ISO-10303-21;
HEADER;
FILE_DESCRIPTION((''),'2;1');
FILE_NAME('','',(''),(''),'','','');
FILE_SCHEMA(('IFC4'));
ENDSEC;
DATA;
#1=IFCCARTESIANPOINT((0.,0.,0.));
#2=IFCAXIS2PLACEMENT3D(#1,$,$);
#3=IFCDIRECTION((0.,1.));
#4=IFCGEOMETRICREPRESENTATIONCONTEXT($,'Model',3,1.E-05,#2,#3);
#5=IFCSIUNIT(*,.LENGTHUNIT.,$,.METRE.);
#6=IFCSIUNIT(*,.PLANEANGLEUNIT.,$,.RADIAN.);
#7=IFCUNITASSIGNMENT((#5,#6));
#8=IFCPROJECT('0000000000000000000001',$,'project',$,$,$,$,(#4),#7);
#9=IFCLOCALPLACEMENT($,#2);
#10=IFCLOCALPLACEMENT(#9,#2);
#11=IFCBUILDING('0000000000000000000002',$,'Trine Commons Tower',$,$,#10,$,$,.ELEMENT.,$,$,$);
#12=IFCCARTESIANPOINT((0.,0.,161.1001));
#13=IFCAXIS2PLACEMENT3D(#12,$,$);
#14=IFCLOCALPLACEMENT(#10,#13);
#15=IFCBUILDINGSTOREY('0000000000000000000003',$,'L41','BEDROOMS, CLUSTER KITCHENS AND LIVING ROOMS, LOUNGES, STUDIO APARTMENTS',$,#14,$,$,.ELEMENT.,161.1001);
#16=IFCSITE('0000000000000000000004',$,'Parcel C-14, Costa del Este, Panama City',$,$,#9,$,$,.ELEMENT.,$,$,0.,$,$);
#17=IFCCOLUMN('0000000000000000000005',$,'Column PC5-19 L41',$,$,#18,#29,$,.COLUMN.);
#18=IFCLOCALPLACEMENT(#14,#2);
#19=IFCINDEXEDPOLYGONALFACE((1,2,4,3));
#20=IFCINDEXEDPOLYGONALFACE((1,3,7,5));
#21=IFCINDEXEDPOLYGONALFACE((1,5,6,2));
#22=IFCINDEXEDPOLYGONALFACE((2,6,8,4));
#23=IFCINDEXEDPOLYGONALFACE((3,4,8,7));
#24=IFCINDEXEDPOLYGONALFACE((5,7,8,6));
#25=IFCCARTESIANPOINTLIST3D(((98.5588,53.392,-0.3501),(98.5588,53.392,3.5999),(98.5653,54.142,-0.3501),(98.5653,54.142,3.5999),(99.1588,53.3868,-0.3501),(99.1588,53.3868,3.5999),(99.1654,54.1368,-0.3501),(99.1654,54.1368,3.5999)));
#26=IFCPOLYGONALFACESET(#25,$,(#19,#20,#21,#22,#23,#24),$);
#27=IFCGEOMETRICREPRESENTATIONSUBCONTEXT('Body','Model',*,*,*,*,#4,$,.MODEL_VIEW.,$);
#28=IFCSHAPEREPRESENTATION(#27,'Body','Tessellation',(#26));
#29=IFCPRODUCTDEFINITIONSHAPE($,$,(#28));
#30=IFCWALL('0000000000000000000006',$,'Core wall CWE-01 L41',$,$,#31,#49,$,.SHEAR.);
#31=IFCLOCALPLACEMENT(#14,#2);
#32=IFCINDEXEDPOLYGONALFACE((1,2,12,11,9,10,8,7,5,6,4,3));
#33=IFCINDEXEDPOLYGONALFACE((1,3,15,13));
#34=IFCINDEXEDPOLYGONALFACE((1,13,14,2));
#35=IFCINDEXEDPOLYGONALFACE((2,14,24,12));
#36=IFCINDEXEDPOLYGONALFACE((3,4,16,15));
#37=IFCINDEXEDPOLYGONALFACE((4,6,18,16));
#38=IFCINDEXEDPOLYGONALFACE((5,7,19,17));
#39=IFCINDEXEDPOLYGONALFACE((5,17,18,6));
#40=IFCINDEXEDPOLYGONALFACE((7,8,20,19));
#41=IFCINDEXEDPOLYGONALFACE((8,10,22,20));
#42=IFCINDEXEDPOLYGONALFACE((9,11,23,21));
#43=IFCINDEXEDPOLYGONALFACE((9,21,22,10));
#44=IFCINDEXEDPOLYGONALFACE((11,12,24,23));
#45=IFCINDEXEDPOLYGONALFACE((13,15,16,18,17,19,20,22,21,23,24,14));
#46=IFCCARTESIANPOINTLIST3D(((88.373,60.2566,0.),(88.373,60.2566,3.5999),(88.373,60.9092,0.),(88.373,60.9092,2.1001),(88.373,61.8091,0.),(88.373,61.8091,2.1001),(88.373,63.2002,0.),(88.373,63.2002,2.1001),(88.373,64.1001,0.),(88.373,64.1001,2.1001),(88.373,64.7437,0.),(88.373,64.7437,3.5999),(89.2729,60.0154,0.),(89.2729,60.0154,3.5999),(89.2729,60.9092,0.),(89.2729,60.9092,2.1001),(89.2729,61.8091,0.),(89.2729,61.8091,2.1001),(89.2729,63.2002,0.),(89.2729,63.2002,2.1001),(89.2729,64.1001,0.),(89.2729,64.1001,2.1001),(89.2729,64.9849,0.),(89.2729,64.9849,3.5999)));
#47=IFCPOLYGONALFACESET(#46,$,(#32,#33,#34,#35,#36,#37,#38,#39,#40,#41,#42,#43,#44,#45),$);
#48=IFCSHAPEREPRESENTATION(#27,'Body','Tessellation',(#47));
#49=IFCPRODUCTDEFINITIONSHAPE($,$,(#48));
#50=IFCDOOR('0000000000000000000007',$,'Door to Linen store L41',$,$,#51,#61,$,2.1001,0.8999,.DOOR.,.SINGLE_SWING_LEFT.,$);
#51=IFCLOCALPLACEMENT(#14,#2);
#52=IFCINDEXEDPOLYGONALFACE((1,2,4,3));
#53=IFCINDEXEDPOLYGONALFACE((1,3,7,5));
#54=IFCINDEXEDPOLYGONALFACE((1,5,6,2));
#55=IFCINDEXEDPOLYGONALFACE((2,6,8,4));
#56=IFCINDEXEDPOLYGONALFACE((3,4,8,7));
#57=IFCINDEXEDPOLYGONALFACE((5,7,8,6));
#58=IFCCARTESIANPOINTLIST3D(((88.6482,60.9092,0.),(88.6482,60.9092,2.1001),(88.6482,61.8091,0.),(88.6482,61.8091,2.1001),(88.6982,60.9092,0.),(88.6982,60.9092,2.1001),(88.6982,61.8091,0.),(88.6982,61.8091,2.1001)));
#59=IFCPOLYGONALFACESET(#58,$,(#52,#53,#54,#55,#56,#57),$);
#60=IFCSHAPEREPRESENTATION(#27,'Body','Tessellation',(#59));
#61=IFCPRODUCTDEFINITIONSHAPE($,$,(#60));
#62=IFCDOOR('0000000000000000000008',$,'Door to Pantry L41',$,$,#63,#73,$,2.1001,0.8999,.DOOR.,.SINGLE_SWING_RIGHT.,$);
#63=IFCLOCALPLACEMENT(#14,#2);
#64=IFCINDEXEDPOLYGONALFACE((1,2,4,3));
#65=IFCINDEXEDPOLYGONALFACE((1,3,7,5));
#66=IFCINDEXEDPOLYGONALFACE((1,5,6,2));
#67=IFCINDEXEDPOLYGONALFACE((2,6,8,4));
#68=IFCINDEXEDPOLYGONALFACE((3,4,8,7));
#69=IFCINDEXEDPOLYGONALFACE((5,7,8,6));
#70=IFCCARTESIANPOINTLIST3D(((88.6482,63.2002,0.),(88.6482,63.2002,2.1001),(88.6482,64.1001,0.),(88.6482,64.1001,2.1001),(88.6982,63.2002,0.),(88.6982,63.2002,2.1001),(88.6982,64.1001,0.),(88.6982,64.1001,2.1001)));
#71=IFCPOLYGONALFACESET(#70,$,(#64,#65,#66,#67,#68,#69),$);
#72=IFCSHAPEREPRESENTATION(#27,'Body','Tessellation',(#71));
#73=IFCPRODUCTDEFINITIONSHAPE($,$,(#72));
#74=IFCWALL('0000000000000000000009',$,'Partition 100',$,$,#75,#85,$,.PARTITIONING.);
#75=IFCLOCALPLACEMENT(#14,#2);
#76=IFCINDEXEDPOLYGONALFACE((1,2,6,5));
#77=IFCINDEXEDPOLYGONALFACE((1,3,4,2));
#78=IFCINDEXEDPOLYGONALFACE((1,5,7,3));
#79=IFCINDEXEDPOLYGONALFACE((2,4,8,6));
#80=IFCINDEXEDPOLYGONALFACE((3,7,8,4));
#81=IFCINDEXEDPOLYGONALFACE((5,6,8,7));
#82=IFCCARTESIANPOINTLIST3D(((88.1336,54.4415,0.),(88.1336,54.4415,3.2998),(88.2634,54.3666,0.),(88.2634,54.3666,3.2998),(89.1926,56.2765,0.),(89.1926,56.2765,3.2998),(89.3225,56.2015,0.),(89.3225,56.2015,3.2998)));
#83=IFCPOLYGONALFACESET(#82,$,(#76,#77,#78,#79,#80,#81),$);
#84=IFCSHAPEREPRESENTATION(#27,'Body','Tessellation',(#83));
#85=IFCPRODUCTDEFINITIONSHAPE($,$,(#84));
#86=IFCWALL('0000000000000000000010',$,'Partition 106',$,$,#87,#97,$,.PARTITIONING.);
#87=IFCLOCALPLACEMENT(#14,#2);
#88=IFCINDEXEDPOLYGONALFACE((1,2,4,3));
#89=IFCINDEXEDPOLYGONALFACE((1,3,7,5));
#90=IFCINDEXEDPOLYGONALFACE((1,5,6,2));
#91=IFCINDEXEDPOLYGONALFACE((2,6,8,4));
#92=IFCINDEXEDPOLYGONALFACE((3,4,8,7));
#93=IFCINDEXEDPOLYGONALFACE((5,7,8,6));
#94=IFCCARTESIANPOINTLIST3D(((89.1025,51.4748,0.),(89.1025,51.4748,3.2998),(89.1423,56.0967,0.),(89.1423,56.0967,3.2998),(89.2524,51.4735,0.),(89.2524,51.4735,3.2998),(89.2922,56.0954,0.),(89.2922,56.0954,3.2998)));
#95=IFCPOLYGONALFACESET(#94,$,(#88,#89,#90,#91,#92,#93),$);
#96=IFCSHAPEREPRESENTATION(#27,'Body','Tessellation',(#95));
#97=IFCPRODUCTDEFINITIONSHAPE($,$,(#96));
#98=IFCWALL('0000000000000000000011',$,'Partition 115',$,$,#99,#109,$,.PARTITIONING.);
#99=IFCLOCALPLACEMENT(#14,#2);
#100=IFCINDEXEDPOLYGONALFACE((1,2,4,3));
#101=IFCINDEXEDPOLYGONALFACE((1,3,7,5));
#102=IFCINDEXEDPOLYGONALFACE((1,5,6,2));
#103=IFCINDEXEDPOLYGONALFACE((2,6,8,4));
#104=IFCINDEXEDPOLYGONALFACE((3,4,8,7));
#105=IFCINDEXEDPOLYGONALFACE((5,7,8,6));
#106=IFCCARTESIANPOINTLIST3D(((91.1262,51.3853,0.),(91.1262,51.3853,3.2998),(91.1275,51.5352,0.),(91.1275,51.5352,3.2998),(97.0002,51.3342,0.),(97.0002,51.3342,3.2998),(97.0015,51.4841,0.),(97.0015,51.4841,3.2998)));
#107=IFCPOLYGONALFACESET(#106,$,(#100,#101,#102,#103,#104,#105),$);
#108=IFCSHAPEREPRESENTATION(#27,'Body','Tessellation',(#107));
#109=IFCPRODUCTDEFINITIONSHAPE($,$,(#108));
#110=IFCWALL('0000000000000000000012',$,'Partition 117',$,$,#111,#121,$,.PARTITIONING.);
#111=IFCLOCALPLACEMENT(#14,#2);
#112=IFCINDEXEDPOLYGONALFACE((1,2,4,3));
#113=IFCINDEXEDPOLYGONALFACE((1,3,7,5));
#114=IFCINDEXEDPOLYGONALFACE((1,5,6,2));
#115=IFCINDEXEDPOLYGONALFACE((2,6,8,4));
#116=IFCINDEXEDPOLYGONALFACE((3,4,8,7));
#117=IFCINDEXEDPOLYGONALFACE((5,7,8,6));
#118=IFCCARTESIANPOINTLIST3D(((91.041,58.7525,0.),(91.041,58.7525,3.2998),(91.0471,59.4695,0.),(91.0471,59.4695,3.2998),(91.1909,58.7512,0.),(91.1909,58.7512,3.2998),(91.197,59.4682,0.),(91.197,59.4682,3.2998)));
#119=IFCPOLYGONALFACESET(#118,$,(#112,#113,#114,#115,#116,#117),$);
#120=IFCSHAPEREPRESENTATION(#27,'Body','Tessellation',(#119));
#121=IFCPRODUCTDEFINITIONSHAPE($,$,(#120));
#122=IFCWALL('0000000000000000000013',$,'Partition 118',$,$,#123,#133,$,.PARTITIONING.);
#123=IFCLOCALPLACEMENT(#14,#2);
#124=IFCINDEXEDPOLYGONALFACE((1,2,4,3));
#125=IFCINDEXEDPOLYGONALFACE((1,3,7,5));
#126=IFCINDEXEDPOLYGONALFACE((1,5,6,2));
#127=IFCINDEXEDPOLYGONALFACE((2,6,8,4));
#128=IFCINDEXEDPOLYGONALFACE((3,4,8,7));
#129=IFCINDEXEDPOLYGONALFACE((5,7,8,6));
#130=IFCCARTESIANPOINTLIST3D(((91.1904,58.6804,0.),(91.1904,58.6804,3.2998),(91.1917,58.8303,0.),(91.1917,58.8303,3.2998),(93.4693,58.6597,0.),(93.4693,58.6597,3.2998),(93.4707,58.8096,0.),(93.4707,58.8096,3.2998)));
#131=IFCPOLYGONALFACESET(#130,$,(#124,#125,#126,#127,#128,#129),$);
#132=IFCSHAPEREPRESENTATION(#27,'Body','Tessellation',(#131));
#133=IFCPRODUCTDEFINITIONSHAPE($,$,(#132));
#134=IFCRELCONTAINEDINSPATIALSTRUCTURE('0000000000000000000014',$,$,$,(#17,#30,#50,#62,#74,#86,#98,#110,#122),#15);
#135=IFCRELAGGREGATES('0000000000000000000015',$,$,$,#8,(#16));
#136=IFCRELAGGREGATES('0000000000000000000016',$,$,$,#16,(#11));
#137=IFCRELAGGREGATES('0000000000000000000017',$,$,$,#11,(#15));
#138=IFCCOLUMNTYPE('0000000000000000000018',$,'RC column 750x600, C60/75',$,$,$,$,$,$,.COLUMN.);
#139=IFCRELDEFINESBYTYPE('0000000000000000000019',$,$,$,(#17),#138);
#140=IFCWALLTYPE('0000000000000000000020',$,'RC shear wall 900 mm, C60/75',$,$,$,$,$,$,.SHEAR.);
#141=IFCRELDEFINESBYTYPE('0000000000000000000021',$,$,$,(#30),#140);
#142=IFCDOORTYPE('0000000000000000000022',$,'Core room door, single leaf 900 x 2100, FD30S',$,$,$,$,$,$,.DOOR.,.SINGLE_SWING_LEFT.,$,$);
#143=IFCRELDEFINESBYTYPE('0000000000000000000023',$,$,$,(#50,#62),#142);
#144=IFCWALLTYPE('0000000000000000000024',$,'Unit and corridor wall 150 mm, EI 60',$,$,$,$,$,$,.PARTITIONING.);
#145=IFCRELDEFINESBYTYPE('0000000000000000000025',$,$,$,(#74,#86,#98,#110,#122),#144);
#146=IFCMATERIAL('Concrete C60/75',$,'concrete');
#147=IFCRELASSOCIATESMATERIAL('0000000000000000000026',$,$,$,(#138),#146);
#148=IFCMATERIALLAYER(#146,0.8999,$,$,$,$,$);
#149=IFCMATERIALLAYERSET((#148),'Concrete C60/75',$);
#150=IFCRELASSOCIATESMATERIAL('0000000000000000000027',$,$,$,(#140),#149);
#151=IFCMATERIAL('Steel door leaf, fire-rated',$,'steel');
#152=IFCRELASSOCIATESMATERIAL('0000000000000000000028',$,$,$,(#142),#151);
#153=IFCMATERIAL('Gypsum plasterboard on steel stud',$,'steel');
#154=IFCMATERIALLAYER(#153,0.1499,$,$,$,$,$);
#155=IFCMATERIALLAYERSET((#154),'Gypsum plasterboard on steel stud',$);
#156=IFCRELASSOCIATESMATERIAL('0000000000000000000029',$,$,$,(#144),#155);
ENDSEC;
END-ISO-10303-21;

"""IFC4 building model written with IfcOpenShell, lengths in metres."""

from ifc_helpers import new_model, si_unit, direction, frame, frame_2d, origin, origin_2d, place, context, subcontext, project, spatial, polyline, rectangle, outline, extrude, material, layer, layer_set, material_profile, profile_set, type_object, element, fill, save


model = new_model("IFC4")

# Units and contexts
model_context = context("Model", 3, precision=1e-05, world=origin(), true_north=direction((0.0, 1.0)))
body_context = subcontext(model_context, "Body", "Model", "MODEL_VIEW")
ifc_project = project(units=[si_unit("LENGTHUNIT", "METRE"), si_unit("PLANEANGLEUNIT", "RADIAN")], contexts=[model_context])

# Site, building, storey
site_placement = place(None, origin())
site = spatial("IfcSite", under=ifc_project, at=site_placement, Name="Parcel C-14, Costa del Este, Panama City", CompositionType="ELEMENT", RefElevation=0.0)
building_placement = place(site_placement, origin())
building = spatial("IfcBuilding", under=site, at=building_placement, Name="Trine Commons Tower", CompositionType="ELEMENT")
storey_placement = place(building_placement, frame((0.0, 0.0, 161.1001)))
storey = spatial("IfcBuildingStorey", under=building, at=storey_placement, Name="L41", Description="BEDROOMS, CLUSTER KITCHENS AND LIVING ROOMS, LOUNGES, STUDIO APARTMENTS", CompositionType="ELEMENT", Elevation=161.1001)

# Column
ifc_material_1 = material(Name="Concrete C60/75", Category="concrete")
ifc_material_profile = material_profile(ifc_material_1, rectangle(XDim=0.75, YDim=0.6001, at=origin_2d()), Name="RC 750x600")
ifc_profile_set = profile_set([ifc_material_profile], Name="Concrete C60/75")
column_type = type_object("IfcColumnType", Name="RC column 750x600, C60/75", PredefinedType="COLUMN", material=ifc_profile_set)
column_placement = place(storey_placement, frame((98.8621, 53.7644, -0.3501), z_axis=(0.0, 0.0, 1.0), x_axis=(0.008727, 0.999962, 0.0)))
element("IfcColumn", 1, at=column_placement, inside=storey, type_object=column_type, Name="Column PC5-19 L41", PredefinedType="COLUMN", context=body_context, shape_type="SweptSolid", body=[
    extrude(rectangle(XDim=0.75, YDim=0.6001, at=origin_2d()), origin(), (0.0, 0.0, 1.0), 3.95),
])

# Wall, openings, doors
ifc_layer_1 = layer(ifc_material_1, 0.8999)
ifc_layer_set_1 = layer_set([ifc_layer_1], Name="Concrete C60/75")
wall_type_1 = type_object("IfcWallType", Name="RC shear wall 900 mm, C60/75", PredefinedType="SHEAR", material=ifc_layer_set_1)
wall_1_placement = place(storey_placement, frame((88.823, 60.0154, 0.0), z_axis=(0.0, 0.0, 1.0), x_axis=(0.0, 1.0, 0.0)))
wall_1 = element("IfcWall", 2, at=wall_1_placement, inside=storey, type_object=wall_type_1, Name="Core wall CWE-01 L41", PredefinedType="SHEAR", context=body_context, shape_type="SweptSolid", body=[
    extrude(outline(polyline([(0.0, -0.45), (4.9695, -0.45), (4.7283, 0.45), (0.2412, 0.45), (0.0, -0.45)])), origin(), (0.0, 0.0, 1.0), 3.5999),
])
opening_1_placement = place(wall_1_placement, frame((0.8938, 0.0, 0.0)))
opening_1 = element("IfcOpeningElement", 3, at=opening_1_placement, cuts=wall_1, PredefinedType="OPENING", context=body_context, shape_type="SweptSolid", body=[
    extrude(rectangle(XDim=0.8999, YDim=2.1001, at=frame_2d((0.45, 1.05))), frame((0.0, 0.46, 0.0), z_axis=(0.0, -1.0, 0.0), x_axis=(1.0, 0.0, 0.0)), (0.0, 0.0, 1.0), 0.9199),
])
opening_2_placement = place(wall_1_placement, frame((3.1848, 0.0, 0.0)))
opening_2 = element("IfcOpeningElement", 4, at=opening_2_placement, cuts=wall_1, PredefinedType="OPENING", context=body_context, shape_type="SweptSolid", body=[
    extrude(rectangle(XDim=0.8999, YDim=2.1001, at=frame_2d((0.45, 1.05))), frame((0.0, 0.46, 0.0), z_axis=(0.0, -1.0, 0.0), x_axis=(1.0, 0.0, 0.0)), (0.0, 0.0, 1.0), 0.9199),
])
ifc_material_2 = material(Name="Steel door leaf, fire-rated", Category="steel")
door_type_1 = type_object("IfcDoorType", Name="Core room door, single leaf 900 x 2100, FD30S", OperationType="SINGLE_SWING_LEFT", PredefinedType="DOOR", material=ifc_material_2)
door_1_placement = place(opening_1_placement, origin())
door_1 = element("IfcDoor", 5, at=door_1_placement, inside=storey, type_object=door_type_1, Name="Door to Linen store L41", OperationType="SINGLE_SWING_LEFT", OverallHeight=2.1001, OverallWidth=0.8999, PredefinedType="DOOR", context=body_context, shape_type="SweptSolid", body=[
    extrude(rectangle(XDim=0.8999, YDim=2.1001, at=frame_2d((0.45, 1.05))), frame((0.0, 0.1748, 0.0), z_axis=(0.0, -1.0, 0.0), x_axis=(1.0, 0.0, 0.0)), (0.0, 0.0, 1.0), 0.05),
])
fill(opening_1, door_1)
door_2_placement = place(opening_2_placement, origin())
door_2 = element("IfcDoor", 6, at=door_2_placement, inside=storey, type_object=door_type_1, Name="Door to Pantry L41", OperationType="SINGLE_SWING_RIGHT", OverallHeight=2.1001, OverallWidth=0.8999, PredefinedType="DOOR", context=body_context, shape_type="SweptSolid", body=[
    extrude(rectangle(XDim=0.8999, YDim=2.1001, at=frame_2d((0.45, 1.05))), frame((0.0, 0.1748, 0.0), z_axis=(0.0, -1.0, 0.0), x_axis=(1.0, 0.0, 0.0)), (0.0, 0.0, 1.0), 0.05),
])
fill(opening_2, door_2)

# Walls
ifc_material_3 = material(Name="Gypsum plasterboard on steel stud", Category="steel")
ifc_layer_2 = layer(ifc_material_3, 0.1499)
ifc_layer_set_2 = layer_set([ifc_layer_2], Name="Gypsum plasterboard on steel stud")
wall_type_2 = type_object("IfcWallType", Name="Unit and corridor wall 150 mm, EI 60", PredefinedType="PARTITIONING", material=ifc_layer_set_2)
wall_2_placement = place(storey_placement, frame((88.1985, 54.4041, 0.0), z_axis=(0.0, 0.0, 1.0), x_axis=(0.499882, 0.866093, 0.0)))
element("IfcWall", 7, at=wall_2_placement, inside=storey, type_object=wall_type_2, Name="Partition 100", PredefinedType="PARTITIONING", context=body_context, shape_type="SweptSolid", body=[
    extrude(rectangle(XDim=2.1187, YDim=0.1499, at=frame_2d((1.0593, 0.0))), origin(), (0.0, 0.0, 1.0), 3.2998),
])
wall_3_placement = place(storey_placement, frame((89.1775, 51.4741, 0.0), z_axis=(0.0, 0.0, 1.0), x_axis=(0.00861, 0.999963, 0.0)))
element("IfcWall", 8, at=wall_3_placement, inside=storey, type_object=wall_type_2, Name="Partition 106", PredefinedType="PARTITIONING", context=body_context, shape_type="SweptSolid", body=[
    extrude(rectangle(XDim=4.6221, YDim=0.1499, at=frame_2d((2.311, 0.0))), origin(), (0.0, 0.0, 1.0), 3.2998),
])
wall_4_placement = place(storey_placement, frame((91.127, 51.4602, 0.0), z_axis=(0.0, 0.0, 1.0), x_axis=(0.999962, -0.008686, 0.0)))
element("IfcWall", 9, at=wall_4_placement, inside=storey, type_object=wall_type_2, Name="Partition 115", PredefinedType="PARTITIONING", context=body_context, shape_type="SweptSolid", body=[
    extrude(rectangle(XDim=5.8743, YDim=0.1499, at=frame_2d((2.937, 0.0))), origin(), (0.0, 0.0, 1.0), 3.2998),
])
wall_5_placement = place(storey_placement, frame((91.116, 58.752, 0.0), z_axis=(0.0, 0.0, 1.0), x_axis=(0.008512, 0.999964, 0.0)))
element("IfcWall", 10, at=wall_5_placement, inside=storey, type_object=wall_type_2, Name="Partition 117", PredefinedType="PARTITIONING", context=body_context, shape_type="SweptSolid", body=[
    extrude(rectangle(XDim=0.717, YDim=0.1499, at=frame_2d((0.3584, 0.0))), origin(), (0.0, 0.0, 1.0), 3.2998),
])
wall_6_placement = place(storey_placement, frame((91.1909, 58.7554, 0.0), z_axis=(0.0, 0.0, 1.0), x_axis=(0.999959, -0.009105, 0.0)))
element("IfcWall", 11, at=wall_6_placement, inside=storey, type_object=wall_type_2, Name="Partition 118", PredefinedType="PARTITIONING", context=body_context, shape_type="SweptSolid", body=[
    extrude(rectangle(XDim=2.2791, YDim=0.1499, at=frame_2d((1.1396, 0.0))), origin(), (0.0, 0.0, 1.0), 3.2998),
])

save(model, "model.ifc")
